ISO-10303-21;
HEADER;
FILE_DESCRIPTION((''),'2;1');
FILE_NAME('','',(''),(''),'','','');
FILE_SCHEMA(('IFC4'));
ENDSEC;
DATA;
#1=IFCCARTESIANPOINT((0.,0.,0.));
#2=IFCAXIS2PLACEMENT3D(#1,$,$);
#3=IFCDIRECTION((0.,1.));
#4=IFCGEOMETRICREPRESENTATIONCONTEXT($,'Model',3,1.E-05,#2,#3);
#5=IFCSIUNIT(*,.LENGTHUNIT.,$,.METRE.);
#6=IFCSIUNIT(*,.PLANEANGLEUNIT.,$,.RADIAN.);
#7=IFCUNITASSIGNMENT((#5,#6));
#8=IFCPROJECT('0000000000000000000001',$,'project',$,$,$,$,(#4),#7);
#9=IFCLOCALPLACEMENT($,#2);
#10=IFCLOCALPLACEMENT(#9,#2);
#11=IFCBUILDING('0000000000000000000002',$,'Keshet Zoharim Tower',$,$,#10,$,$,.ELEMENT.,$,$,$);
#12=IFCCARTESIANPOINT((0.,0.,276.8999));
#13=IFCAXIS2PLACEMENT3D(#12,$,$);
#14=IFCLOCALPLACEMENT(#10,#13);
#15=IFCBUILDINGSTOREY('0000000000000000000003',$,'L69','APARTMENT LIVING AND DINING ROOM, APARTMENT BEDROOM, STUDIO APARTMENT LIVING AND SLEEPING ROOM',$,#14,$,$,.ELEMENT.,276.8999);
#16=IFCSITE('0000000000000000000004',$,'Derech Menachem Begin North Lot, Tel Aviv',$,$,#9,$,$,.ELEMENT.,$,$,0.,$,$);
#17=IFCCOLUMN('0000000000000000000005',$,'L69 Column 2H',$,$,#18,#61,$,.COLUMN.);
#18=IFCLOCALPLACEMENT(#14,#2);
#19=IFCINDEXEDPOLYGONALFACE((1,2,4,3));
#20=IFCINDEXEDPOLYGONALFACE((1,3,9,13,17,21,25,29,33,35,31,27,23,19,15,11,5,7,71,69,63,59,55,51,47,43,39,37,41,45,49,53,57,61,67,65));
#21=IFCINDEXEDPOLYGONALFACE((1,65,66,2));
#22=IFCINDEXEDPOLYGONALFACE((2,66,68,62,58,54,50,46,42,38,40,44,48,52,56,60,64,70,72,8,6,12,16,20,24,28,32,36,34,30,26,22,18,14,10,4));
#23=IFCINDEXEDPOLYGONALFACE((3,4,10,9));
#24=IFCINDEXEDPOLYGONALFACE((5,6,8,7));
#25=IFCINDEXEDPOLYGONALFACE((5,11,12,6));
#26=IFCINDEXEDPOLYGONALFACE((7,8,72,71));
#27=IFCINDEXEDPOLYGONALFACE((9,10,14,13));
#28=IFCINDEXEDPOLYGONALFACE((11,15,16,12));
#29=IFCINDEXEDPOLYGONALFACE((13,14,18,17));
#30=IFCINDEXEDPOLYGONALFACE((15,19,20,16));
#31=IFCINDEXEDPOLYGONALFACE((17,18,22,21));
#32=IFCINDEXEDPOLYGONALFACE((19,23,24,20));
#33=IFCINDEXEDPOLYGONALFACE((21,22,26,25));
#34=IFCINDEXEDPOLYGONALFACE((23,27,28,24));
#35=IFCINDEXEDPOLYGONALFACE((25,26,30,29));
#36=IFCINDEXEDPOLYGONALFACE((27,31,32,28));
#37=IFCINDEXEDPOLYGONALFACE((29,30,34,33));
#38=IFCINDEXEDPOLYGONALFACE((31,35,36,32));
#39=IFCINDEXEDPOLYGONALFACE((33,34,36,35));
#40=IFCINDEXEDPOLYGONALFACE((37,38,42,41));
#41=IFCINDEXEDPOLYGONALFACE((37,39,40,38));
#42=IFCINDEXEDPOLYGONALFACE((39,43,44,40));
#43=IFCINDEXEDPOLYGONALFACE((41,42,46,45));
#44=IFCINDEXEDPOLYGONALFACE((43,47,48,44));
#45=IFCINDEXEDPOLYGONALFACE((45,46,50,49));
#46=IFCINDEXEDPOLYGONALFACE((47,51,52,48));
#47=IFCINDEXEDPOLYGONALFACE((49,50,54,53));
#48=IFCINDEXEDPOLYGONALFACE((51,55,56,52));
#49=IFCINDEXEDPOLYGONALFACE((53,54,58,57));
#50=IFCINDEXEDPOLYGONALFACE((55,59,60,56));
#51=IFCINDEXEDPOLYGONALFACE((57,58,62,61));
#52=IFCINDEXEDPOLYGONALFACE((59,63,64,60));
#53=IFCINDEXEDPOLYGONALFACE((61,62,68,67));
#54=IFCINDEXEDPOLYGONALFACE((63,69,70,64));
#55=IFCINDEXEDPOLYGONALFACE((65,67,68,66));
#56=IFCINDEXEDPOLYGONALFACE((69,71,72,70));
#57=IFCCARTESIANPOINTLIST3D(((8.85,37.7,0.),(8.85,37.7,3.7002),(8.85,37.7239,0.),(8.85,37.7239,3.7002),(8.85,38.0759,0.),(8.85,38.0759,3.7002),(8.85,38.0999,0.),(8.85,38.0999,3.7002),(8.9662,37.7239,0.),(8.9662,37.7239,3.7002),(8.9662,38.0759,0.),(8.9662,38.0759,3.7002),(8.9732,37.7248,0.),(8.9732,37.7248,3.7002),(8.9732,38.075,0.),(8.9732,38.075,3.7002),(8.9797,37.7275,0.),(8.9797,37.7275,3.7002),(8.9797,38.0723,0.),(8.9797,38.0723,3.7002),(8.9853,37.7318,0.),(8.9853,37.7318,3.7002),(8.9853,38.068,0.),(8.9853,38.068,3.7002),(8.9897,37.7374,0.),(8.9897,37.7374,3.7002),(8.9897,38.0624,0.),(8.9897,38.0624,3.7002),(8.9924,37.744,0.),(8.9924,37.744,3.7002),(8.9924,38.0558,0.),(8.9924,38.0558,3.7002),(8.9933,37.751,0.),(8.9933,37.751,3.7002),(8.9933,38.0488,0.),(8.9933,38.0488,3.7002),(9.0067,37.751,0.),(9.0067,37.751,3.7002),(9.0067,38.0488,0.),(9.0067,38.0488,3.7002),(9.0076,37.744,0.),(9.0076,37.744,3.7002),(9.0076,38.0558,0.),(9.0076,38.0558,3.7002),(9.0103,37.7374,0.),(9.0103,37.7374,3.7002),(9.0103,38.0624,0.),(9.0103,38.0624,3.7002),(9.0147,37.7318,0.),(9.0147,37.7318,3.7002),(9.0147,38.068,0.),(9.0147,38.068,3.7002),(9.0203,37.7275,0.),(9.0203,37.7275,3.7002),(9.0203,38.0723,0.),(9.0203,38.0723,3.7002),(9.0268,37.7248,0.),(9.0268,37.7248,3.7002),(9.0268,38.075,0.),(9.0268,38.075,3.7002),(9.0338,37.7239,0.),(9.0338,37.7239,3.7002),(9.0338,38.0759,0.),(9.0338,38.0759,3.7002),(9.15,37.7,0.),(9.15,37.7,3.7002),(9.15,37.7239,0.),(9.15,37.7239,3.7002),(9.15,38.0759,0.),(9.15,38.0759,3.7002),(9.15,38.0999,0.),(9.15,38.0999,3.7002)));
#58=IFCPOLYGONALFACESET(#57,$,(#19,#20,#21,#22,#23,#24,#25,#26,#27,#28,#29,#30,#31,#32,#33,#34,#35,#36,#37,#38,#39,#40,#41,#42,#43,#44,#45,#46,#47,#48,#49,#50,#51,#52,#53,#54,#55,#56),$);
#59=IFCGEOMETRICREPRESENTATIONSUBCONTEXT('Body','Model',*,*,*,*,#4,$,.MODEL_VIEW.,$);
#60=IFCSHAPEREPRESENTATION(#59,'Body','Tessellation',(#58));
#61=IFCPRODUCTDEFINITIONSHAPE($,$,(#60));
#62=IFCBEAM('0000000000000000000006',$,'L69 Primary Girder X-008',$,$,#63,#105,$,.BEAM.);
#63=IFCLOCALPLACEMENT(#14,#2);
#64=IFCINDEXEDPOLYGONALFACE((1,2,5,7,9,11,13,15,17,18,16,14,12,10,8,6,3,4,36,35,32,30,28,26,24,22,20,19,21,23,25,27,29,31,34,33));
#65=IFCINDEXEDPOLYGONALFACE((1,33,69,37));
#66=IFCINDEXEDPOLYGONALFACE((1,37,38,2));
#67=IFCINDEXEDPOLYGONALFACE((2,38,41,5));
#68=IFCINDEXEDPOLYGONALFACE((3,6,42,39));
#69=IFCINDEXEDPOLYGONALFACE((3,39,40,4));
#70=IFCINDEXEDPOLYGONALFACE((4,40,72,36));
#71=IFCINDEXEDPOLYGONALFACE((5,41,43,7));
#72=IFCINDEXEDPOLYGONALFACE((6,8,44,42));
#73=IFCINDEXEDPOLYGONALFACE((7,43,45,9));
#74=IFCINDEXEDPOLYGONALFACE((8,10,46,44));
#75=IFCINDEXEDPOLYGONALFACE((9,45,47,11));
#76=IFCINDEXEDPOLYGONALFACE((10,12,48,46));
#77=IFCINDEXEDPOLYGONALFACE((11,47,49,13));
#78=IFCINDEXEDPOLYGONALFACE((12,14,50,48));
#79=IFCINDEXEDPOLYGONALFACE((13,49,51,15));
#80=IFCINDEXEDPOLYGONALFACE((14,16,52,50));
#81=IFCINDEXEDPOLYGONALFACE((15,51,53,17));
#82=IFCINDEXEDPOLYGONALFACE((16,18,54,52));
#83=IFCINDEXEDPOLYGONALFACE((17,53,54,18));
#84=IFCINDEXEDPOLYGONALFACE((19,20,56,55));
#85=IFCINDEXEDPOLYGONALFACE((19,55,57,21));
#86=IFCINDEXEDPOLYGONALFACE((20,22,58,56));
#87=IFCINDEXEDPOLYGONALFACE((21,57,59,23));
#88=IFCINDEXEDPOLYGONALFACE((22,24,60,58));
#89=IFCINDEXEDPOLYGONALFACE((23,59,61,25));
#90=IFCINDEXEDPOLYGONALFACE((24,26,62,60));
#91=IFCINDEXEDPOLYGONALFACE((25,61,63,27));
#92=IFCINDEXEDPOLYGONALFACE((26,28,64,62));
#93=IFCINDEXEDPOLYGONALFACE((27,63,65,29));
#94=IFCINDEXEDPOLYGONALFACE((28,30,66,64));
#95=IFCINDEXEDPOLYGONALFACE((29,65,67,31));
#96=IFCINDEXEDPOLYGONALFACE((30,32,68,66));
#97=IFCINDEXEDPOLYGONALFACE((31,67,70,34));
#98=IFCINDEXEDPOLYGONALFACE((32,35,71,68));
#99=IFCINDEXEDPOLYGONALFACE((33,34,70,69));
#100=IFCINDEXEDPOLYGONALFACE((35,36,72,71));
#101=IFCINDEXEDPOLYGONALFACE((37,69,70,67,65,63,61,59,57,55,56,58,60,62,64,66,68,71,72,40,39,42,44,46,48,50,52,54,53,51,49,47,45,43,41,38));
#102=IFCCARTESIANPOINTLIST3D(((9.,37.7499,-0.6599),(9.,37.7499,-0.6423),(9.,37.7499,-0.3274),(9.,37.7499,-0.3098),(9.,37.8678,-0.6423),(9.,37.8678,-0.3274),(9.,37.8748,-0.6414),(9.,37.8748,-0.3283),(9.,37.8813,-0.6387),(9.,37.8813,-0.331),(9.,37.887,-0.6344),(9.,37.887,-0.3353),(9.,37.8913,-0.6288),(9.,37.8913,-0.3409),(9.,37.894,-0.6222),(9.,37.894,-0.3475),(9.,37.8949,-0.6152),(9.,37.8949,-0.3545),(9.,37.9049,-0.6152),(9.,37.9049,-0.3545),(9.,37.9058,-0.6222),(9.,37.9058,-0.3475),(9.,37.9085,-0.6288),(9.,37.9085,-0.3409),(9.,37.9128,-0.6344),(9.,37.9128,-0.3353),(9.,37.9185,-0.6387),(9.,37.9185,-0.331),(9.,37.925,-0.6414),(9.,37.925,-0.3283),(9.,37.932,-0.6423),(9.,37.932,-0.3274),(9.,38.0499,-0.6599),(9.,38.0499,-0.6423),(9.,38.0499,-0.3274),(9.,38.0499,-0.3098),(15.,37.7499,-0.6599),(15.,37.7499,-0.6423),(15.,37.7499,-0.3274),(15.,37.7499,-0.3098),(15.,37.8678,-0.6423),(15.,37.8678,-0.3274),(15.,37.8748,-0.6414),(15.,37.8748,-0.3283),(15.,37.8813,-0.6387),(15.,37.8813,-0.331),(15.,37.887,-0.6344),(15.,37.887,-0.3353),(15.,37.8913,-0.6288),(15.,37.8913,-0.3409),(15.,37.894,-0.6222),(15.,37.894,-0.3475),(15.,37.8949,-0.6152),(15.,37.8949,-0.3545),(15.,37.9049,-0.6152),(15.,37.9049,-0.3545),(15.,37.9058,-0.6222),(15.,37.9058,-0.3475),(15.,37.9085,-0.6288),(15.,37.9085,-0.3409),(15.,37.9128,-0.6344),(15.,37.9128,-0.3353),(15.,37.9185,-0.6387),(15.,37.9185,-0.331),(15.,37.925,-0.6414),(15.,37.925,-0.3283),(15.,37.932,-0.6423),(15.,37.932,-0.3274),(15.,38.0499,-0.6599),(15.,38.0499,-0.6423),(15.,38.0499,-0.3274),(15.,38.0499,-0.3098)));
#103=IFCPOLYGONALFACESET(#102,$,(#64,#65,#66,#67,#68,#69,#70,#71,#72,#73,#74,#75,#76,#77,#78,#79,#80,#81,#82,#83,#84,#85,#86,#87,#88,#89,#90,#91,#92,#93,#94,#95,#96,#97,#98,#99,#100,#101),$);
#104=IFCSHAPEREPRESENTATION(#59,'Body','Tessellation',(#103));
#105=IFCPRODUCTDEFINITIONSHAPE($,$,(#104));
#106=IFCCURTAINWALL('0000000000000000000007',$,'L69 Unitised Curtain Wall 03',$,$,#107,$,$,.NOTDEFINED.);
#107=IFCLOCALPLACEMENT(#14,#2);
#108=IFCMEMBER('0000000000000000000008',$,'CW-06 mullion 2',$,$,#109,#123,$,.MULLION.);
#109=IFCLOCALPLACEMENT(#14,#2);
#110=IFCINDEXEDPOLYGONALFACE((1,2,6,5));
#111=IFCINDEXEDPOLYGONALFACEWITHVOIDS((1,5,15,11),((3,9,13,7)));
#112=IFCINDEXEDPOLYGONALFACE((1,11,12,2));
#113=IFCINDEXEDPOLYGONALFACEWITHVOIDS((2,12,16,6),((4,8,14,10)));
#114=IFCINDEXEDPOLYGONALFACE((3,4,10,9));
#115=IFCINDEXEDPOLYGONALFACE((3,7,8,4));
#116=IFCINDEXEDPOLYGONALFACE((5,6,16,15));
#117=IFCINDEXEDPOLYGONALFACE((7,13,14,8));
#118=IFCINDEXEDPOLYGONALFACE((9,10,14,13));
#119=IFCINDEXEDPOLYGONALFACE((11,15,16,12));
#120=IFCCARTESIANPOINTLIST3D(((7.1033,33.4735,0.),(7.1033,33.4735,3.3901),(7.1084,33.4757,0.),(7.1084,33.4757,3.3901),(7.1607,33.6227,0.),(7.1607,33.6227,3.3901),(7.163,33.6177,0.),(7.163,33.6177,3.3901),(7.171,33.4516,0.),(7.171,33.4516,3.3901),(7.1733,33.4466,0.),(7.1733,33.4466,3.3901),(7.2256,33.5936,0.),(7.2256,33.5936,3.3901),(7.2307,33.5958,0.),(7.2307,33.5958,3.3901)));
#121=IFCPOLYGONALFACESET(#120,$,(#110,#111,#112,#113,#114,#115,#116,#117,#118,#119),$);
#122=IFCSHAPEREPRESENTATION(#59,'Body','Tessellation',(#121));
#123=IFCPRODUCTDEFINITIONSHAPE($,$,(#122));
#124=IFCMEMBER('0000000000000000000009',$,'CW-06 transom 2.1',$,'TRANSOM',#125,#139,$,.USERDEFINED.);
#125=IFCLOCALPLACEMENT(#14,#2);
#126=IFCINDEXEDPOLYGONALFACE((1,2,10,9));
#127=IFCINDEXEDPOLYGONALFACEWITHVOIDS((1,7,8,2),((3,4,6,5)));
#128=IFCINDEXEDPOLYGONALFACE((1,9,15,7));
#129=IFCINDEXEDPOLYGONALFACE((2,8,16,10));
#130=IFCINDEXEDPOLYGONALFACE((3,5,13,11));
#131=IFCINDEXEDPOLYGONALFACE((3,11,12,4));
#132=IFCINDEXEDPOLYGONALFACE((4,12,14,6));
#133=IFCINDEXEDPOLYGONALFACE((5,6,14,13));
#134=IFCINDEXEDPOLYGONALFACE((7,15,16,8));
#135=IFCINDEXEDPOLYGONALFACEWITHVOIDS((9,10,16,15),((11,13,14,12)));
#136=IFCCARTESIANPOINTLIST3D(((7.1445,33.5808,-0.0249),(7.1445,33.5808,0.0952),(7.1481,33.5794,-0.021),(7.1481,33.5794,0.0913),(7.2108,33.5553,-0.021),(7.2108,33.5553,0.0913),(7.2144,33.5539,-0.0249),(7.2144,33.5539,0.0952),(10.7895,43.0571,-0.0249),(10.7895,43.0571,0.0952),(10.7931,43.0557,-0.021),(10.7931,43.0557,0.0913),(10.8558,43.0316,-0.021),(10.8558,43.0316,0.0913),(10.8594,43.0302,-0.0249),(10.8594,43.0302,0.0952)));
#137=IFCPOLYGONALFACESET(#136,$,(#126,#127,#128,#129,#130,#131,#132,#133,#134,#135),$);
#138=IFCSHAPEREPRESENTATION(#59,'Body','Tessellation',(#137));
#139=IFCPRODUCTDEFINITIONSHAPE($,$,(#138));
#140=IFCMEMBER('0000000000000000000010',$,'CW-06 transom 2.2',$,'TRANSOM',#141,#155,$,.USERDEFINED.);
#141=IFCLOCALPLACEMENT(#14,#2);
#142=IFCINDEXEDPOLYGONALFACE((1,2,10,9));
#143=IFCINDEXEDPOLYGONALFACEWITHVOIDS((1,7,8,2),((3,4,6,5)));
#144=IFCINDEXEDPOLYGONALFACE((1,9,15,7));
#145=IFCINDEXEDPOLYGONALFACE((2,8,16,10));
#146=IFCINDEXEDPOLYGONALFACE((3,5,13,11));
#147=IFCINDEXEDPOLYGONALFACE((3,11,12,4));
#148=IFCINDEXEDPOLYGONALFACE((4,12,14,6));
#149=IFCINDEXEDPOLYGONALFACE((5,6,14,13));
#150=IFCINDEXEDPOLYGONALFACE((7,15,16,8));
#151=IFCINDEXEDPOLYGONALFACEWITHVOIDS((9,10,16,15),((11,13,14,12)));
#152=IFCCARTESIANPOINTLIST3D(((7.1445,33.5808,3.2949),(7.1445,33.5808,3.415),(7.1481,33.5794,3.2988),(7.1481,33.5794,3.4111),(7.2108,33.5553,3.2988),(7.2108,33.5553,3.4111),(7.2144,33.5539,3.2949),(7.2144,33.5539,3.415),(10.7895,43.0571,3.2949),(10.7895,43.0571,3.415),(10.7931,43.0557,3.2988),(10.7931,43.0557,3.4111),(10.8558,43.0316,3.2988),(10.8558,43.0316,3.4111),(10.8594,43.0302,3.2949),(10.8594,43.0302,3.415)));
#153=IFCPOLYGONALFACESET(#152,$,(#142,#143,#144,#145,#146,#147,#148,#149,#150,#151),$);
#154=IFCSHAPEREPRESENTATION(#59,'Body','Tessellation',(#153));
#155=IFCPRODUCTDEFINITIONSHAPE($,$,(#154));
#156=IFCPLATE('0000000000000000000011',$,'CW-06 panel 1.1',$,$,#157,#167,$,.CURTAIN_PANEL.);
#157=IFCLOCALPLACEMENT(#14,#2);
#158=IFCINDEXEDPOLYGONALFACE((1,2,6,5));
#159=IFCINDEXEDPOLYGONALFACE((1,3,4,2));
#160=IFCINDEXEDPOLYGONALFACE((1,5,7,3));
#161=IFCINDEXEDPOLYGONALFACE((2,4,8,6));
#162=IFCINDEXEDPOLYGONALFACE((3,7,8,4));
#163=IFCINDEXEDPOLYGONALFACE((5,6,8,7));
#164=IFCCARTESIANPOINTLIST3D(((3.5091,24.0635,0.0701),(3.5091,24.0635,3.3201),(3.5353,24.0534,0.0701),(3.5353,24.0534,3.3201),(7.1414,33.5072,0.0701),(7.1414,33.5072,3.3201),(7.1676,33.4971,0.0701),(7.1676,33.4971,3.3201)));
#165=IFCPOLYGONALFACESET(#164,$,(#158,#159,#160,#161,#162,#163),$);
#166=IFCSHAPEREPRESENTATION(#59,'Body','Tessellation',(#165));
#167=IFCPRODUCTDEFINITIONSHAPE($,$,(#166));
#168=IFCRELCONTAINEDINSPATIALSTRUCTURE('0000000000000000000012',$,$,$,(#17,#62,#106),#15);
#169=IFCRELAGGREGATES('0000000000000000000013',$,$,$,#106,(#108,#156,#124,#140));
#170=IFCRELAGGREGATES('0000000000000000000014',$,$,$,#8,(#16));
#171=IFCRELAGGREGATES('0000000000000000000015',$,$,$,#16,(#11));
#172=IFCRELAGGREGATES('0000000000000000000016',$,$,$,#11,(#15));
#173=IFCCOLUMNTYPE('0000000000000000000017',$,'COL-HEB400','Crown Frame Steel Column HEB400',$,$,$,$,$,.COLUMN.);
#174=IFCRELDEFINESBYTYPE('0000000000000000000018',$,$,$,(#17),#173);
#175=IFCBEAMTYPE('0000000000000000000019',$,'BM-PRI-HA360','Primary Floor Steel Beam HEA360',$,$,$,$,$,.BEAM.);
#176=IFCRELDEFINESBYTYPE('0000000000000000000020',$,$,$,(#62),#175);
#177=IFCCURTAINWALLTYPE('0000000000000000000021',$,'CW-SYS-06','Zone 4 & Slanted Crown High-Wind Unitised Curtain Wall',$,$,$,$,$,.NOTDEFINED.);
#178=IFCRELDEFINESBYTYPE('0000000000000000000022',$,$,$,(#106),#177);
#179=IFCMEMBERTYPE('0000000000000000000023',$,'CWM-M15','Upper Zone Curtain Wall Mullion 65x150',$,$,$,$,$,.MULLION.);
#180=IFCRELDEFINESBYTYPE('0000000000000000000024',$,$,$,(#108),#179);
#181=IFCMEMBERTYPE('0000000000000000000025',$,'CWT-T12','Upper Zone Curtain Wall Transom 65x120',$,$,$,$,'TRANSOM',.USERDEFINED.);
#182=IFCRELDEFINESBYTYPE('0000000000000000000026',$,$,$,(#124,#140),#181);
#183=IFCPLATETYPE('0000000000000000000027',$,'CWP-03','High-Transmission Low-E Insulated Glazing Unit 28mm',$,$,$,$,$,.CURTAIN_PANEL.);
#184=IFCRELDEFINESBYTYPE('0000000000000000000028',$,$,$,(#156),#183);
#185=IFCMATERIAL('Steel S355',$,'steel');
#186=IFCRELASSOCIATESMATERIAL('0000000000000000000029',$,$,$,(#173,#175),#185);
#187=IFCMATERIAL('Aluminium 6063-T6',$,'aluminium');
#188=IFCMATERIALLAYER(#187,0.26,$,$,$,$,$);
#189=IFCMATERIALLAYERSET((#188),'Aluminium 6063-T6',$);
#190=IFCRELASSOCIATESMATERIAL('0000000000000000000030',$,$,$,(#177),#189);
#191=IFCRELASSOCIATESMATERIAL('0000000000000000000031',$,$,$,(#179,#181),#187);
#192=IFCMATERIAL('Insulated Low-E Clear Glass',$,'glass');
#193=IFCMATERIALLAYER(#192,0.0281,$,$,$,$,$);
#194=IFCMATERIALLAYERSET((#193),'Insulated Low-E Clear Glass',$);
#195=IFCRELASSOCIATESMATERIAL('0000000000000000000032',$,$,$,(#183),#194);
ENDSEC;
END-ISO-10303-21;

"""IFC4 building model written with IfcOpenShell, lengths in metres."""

from ifc_helpers import new_model, si_unit, direction, frame, origin, origin_2d, place, context, subcontext, project, spatial, rectangle, hollow_rectangle, i_section, extrude, material, layer, layer_set, material_profile, profile_set, type_object, element, aggregate, save


model = new_model("IFC4")

# Units and contexts
model_context = context("Model", 3, precision=1e-05, world=origin(), true_north=direction((0.0, 1.0)))
body_context = subcontext(model_context, "Body", "Model", "MODEL_VIEW")
ifc_project = project(units=[si_unit("LENGTHUNIT", "METRE"), si_unit("PLANEANGLEUNIT", "RADIAN")], contexts=[model_context])

# Site, building, storey
site_placement = place(None, origin())
site = spatial("IfcSite", under=ifc_project, at=site_placement, Name="Derech Menachem Begin North Lot, Tel Aviv", CompositionType="ELEMENT", RefElevation=0.0)
building_placement = place(site_placement, origin())
building = spatial("IfcBuilding", under=site, at=building_placement, Name="Keshet Zoharim Tower", CompositionType="ELEMENT")
storey_placement = place(building_placement, frame((0.0, 0.0, 276.8999)))
storey = spatial("IfcBuildingStorey", under=building, at=storey_placement, Name="L69", Description="APARTMENT LIVING AND DINING ROOM, APARTMENT BEDROOM, STUDIO APARTMENT LIVING AND SLEEPING ROOM", CompositionType="ELEMENT", Elevation=276.8999)

# Column
ifc_material_1 = material(Name="Steel S355", Category="steel")
ifc_material_profile_1 = material_profile(ifc_material_1, i_section(OverallWidth=0.3, OverallDepth=0.3999, WebThickness=0.0134, FlangeThickness=0.0239, FilletRadius=0.0271, at=origin_2d()), Name="HEB400")
ifc_profile_set_1 = profile_set([ifc_material_profile_1], Name="Steel S355")
column_type = type_object("IfcColumnType", Name="COL-HEB400", Description="Crown Frame Steel Column HEB400", PredefinedType="COLUMN", material=ifc_profile_set_1)
column_placement = place(storey_placement, frame((9.0, 37.8999, 0.0), z_axis=(0.0, 0.0, 1.0), x_axis=(1.0, 0.0, 0.0)))
element("IfcColumn", 1, at=column_placement, inside=storey, type_object=column_type, Name="L69 Column 2H", PredefinedType="COLUMN", context=body_context, shape_type="SweptSolid", body=[
    extrude(i_section(OverallWidth=0.3, OverallDepth=0.3999, WebThickness=0.0134, FlangeThickness=0.0239, FilletRadius=0.0271, at=origin_2d()), origin(), (0.0, 0.0, 1.0), 3.7002),
])

# Beam
ifc_material_profile_2 = material_profile(ifc_material_1, i_section(OverallWidth=0.3, OverallDepth=0.3501, WebThickness=0.01, FlangeThickness=0.0176, FilletRadius=0.0271, at=origin_2d()), Name="HEA360")
ifc_profile_set_2 = profile_set([ifc_material_profile_2], Name="Steel S355")
beam_type = type_object("IfcBeamType", Name="BM-PRI-HA360", Description="Primary Floor Steel Beam HEA360", PredefinedType="BEAM", material=ifc_profile_set_2)
beam_placement = place(storey_placement, frame((9.0, 37.8999, -0.4849), z_axis=(1.0, 0.0, 0.0), x_axis=(0.0, 1.0, 0.0)))
element("IfcBeam", 2, at=beam_placement, inside=storey, type_object=beam_type, Name="L69 Primary Girder X-008", PredefinedType="BEAM", context=body_context, shape_type="SweptSolid", body=[
    extrude(i_section(OverallWidth=0.3, OverallDepth=0.3501, WebThickness=0.01, FlangeThickness=0.0176, FilletRadius=0.0271, at=origin_2d()), origin(), (0.0, 0.0, 1.0), 6.0),
])

# Curtain wall, members, plate
ifc_material_2 = material(Name="Aluminium 6063-T6", Category="aluminium")
ifc_layer_1 = layer(ifc_material_2, 0.26)
ifc_layer_set_1 = layer_set([ifc_layer_1], Name="Aluminium 6063-T6")
curtain_wall_type = type_object("IfcCurtainWallType", Name="CW-SYS-06", Description="Zone 4 & Slanted Crown High-Wind Unitised Curtain Wall", PredefinedType="NOTDEFINED", material=ifc_layer_set_1)
curtain_wall_placement = place(storey_placement, origin())
curtain_wall = element("IfcCurtainWall", 3, at=curtain_wall_placement, inside=storey, type_object=curtain_wall_type, Name="L69 Unitised Curtain Wall 03", PredefinedType="NOTDEFINED")
ifc_material_profile_3 = material_profile(ifc_material_2, hollow_rectangle(XDim=0.075, YDim=0.1599, WallThickness=0.0039, at=origin_2d()), Name="MUL-75x160")
ifc_profile_set_3 = profile_set([ifc_material_profile_3], Name="Aluminium 6063-T6")
member_type_1 = type_object("IfcMemberType", Name="CWM-M15", Description="Upper Zone Curtain Wall Mullion 65x150", PredefinedType="MULLION", material=ifc_profile_set_3)
member_1_placement = place(storey_placement, frame((7.167, 33.5347, 0.0), z_axis=(0.0, 0.0, 1.0), x_axis=(-0.933341, 0.35899, 0.0)))
member_1 = element("IfcMember", 4, at=member_1_placement, type_object=member_type_1, Name="CW-06 mullion 2", PredefinedType="MULLION", context=body_context, shape_type="SweptSolid", body=[
    extrude(hollow_rectangle(XDim=0.075, YDim=0.1599, WallThickness=0.0039, at=origin_2d()), origin(), (0.0, 0.0, 1.0), 3.3901),
])
ifc_material_profile_4 = material_profile(ifc_material_2, hollow_rectangle(XDim=0.075, YDim=0.1201, WallThickness=0.0039, at=origin_2d()), Name="TRN-75x120")
ifc_profile_set_4 = profile_set([ifc_material_profile_4], Name="Aluminium 6063-T6")
member_type_2 = type_object("IfcMemberType", Name="CWT-T12", Description="Upper Zone Curtain Wall Transom 65x120", ElementType="TRANSOM", PredefinedType="USERDEFINED", material=ifc_profile_set_4)
member_2_placement = place(storey_placement, frame((7.1794, 33.5674, 0.0352), z_axis=(0.359003, 0.933336, 0.0), x_axis=(-0.933336, 0.359003, 0.0)))
member_2 = element("IfcMember", 5, at=member_2_placement, type_object=member_type_2, Name="CW-06 transom 2.1", ObjectType="TRANSOM", PredefinedType="USERDEFINED", context=body_context, shape_type="SweptSolid", body=[
    extrude(hollow_rectangle(XDim=0.075, YDim=0.1201, WallThickness=0.0039, at=origin_2d()), origin(), (0.0, 0.0, 1.0), 10.1531),
])
member_3_placement = place(storey_placement, frame((7.1794, 33.5674, 3.355), z_axis=(0.359003, 0.933336, 0.0), x_axis=(-0.933336, 0.359003, 0.0)))
member_3 = element("IfcMember", 6, at=member_3_placement, type_object=member_type_2, Name="CW-06 transom 2.2", ObjectType="TRANSOM", PredefinedType="USERDEFINED", context=body_context, shape_type="SweptSolid", body=[
    extrude(hollow_rectangle(XDim=0.075, YDim=0.1201, WallThickness=0.0039, at=origin_2d()), origin(), (0.0, 0.0, 1.0), 10.1531),
])
ifc_material_3 = material(Name="Insulated Low-E Clear Glass", Category="glass")
ifc_layer_2 = layer(ifc_material_3, 0.0281)
ifc_layer_set_2 = layer_set([ifc_layer_2], Name="Insulated Low-E Clear Glass")
plate_type = type_object("IfcPlateType", Name="CWP-03", Description="High-Transmission Low-E Insulated Glazing Unit 28mm", PredefinedType="CURTAIN_PANEL", material=ifc_layer_set_2)
plate_placement = place(storey_placement, frame((5.3384, 28.7803, 0.0701), z_axis=(0.0, 0.0, 1.0), x_axis=(0.35899, 0.933341, 0.0)))
plate = element("IfcPlate", 7, at=plate_placement, type_object=plate_type, Name="CW-06 panel 1.1", PredefinedType="CURTAIN_PANEL", context=body_context, shape_type="SweptSolid", body=[
    extrude(rectangle(XDim=10.1182, YDim=0.0281, at=origin_2d()), origin(), (0.0, 0.0, 1.0), 3.25),
])
aggregate(curtain_wall, [member_1, plate, member_2, member_3])

save(model, "model.ifc")
